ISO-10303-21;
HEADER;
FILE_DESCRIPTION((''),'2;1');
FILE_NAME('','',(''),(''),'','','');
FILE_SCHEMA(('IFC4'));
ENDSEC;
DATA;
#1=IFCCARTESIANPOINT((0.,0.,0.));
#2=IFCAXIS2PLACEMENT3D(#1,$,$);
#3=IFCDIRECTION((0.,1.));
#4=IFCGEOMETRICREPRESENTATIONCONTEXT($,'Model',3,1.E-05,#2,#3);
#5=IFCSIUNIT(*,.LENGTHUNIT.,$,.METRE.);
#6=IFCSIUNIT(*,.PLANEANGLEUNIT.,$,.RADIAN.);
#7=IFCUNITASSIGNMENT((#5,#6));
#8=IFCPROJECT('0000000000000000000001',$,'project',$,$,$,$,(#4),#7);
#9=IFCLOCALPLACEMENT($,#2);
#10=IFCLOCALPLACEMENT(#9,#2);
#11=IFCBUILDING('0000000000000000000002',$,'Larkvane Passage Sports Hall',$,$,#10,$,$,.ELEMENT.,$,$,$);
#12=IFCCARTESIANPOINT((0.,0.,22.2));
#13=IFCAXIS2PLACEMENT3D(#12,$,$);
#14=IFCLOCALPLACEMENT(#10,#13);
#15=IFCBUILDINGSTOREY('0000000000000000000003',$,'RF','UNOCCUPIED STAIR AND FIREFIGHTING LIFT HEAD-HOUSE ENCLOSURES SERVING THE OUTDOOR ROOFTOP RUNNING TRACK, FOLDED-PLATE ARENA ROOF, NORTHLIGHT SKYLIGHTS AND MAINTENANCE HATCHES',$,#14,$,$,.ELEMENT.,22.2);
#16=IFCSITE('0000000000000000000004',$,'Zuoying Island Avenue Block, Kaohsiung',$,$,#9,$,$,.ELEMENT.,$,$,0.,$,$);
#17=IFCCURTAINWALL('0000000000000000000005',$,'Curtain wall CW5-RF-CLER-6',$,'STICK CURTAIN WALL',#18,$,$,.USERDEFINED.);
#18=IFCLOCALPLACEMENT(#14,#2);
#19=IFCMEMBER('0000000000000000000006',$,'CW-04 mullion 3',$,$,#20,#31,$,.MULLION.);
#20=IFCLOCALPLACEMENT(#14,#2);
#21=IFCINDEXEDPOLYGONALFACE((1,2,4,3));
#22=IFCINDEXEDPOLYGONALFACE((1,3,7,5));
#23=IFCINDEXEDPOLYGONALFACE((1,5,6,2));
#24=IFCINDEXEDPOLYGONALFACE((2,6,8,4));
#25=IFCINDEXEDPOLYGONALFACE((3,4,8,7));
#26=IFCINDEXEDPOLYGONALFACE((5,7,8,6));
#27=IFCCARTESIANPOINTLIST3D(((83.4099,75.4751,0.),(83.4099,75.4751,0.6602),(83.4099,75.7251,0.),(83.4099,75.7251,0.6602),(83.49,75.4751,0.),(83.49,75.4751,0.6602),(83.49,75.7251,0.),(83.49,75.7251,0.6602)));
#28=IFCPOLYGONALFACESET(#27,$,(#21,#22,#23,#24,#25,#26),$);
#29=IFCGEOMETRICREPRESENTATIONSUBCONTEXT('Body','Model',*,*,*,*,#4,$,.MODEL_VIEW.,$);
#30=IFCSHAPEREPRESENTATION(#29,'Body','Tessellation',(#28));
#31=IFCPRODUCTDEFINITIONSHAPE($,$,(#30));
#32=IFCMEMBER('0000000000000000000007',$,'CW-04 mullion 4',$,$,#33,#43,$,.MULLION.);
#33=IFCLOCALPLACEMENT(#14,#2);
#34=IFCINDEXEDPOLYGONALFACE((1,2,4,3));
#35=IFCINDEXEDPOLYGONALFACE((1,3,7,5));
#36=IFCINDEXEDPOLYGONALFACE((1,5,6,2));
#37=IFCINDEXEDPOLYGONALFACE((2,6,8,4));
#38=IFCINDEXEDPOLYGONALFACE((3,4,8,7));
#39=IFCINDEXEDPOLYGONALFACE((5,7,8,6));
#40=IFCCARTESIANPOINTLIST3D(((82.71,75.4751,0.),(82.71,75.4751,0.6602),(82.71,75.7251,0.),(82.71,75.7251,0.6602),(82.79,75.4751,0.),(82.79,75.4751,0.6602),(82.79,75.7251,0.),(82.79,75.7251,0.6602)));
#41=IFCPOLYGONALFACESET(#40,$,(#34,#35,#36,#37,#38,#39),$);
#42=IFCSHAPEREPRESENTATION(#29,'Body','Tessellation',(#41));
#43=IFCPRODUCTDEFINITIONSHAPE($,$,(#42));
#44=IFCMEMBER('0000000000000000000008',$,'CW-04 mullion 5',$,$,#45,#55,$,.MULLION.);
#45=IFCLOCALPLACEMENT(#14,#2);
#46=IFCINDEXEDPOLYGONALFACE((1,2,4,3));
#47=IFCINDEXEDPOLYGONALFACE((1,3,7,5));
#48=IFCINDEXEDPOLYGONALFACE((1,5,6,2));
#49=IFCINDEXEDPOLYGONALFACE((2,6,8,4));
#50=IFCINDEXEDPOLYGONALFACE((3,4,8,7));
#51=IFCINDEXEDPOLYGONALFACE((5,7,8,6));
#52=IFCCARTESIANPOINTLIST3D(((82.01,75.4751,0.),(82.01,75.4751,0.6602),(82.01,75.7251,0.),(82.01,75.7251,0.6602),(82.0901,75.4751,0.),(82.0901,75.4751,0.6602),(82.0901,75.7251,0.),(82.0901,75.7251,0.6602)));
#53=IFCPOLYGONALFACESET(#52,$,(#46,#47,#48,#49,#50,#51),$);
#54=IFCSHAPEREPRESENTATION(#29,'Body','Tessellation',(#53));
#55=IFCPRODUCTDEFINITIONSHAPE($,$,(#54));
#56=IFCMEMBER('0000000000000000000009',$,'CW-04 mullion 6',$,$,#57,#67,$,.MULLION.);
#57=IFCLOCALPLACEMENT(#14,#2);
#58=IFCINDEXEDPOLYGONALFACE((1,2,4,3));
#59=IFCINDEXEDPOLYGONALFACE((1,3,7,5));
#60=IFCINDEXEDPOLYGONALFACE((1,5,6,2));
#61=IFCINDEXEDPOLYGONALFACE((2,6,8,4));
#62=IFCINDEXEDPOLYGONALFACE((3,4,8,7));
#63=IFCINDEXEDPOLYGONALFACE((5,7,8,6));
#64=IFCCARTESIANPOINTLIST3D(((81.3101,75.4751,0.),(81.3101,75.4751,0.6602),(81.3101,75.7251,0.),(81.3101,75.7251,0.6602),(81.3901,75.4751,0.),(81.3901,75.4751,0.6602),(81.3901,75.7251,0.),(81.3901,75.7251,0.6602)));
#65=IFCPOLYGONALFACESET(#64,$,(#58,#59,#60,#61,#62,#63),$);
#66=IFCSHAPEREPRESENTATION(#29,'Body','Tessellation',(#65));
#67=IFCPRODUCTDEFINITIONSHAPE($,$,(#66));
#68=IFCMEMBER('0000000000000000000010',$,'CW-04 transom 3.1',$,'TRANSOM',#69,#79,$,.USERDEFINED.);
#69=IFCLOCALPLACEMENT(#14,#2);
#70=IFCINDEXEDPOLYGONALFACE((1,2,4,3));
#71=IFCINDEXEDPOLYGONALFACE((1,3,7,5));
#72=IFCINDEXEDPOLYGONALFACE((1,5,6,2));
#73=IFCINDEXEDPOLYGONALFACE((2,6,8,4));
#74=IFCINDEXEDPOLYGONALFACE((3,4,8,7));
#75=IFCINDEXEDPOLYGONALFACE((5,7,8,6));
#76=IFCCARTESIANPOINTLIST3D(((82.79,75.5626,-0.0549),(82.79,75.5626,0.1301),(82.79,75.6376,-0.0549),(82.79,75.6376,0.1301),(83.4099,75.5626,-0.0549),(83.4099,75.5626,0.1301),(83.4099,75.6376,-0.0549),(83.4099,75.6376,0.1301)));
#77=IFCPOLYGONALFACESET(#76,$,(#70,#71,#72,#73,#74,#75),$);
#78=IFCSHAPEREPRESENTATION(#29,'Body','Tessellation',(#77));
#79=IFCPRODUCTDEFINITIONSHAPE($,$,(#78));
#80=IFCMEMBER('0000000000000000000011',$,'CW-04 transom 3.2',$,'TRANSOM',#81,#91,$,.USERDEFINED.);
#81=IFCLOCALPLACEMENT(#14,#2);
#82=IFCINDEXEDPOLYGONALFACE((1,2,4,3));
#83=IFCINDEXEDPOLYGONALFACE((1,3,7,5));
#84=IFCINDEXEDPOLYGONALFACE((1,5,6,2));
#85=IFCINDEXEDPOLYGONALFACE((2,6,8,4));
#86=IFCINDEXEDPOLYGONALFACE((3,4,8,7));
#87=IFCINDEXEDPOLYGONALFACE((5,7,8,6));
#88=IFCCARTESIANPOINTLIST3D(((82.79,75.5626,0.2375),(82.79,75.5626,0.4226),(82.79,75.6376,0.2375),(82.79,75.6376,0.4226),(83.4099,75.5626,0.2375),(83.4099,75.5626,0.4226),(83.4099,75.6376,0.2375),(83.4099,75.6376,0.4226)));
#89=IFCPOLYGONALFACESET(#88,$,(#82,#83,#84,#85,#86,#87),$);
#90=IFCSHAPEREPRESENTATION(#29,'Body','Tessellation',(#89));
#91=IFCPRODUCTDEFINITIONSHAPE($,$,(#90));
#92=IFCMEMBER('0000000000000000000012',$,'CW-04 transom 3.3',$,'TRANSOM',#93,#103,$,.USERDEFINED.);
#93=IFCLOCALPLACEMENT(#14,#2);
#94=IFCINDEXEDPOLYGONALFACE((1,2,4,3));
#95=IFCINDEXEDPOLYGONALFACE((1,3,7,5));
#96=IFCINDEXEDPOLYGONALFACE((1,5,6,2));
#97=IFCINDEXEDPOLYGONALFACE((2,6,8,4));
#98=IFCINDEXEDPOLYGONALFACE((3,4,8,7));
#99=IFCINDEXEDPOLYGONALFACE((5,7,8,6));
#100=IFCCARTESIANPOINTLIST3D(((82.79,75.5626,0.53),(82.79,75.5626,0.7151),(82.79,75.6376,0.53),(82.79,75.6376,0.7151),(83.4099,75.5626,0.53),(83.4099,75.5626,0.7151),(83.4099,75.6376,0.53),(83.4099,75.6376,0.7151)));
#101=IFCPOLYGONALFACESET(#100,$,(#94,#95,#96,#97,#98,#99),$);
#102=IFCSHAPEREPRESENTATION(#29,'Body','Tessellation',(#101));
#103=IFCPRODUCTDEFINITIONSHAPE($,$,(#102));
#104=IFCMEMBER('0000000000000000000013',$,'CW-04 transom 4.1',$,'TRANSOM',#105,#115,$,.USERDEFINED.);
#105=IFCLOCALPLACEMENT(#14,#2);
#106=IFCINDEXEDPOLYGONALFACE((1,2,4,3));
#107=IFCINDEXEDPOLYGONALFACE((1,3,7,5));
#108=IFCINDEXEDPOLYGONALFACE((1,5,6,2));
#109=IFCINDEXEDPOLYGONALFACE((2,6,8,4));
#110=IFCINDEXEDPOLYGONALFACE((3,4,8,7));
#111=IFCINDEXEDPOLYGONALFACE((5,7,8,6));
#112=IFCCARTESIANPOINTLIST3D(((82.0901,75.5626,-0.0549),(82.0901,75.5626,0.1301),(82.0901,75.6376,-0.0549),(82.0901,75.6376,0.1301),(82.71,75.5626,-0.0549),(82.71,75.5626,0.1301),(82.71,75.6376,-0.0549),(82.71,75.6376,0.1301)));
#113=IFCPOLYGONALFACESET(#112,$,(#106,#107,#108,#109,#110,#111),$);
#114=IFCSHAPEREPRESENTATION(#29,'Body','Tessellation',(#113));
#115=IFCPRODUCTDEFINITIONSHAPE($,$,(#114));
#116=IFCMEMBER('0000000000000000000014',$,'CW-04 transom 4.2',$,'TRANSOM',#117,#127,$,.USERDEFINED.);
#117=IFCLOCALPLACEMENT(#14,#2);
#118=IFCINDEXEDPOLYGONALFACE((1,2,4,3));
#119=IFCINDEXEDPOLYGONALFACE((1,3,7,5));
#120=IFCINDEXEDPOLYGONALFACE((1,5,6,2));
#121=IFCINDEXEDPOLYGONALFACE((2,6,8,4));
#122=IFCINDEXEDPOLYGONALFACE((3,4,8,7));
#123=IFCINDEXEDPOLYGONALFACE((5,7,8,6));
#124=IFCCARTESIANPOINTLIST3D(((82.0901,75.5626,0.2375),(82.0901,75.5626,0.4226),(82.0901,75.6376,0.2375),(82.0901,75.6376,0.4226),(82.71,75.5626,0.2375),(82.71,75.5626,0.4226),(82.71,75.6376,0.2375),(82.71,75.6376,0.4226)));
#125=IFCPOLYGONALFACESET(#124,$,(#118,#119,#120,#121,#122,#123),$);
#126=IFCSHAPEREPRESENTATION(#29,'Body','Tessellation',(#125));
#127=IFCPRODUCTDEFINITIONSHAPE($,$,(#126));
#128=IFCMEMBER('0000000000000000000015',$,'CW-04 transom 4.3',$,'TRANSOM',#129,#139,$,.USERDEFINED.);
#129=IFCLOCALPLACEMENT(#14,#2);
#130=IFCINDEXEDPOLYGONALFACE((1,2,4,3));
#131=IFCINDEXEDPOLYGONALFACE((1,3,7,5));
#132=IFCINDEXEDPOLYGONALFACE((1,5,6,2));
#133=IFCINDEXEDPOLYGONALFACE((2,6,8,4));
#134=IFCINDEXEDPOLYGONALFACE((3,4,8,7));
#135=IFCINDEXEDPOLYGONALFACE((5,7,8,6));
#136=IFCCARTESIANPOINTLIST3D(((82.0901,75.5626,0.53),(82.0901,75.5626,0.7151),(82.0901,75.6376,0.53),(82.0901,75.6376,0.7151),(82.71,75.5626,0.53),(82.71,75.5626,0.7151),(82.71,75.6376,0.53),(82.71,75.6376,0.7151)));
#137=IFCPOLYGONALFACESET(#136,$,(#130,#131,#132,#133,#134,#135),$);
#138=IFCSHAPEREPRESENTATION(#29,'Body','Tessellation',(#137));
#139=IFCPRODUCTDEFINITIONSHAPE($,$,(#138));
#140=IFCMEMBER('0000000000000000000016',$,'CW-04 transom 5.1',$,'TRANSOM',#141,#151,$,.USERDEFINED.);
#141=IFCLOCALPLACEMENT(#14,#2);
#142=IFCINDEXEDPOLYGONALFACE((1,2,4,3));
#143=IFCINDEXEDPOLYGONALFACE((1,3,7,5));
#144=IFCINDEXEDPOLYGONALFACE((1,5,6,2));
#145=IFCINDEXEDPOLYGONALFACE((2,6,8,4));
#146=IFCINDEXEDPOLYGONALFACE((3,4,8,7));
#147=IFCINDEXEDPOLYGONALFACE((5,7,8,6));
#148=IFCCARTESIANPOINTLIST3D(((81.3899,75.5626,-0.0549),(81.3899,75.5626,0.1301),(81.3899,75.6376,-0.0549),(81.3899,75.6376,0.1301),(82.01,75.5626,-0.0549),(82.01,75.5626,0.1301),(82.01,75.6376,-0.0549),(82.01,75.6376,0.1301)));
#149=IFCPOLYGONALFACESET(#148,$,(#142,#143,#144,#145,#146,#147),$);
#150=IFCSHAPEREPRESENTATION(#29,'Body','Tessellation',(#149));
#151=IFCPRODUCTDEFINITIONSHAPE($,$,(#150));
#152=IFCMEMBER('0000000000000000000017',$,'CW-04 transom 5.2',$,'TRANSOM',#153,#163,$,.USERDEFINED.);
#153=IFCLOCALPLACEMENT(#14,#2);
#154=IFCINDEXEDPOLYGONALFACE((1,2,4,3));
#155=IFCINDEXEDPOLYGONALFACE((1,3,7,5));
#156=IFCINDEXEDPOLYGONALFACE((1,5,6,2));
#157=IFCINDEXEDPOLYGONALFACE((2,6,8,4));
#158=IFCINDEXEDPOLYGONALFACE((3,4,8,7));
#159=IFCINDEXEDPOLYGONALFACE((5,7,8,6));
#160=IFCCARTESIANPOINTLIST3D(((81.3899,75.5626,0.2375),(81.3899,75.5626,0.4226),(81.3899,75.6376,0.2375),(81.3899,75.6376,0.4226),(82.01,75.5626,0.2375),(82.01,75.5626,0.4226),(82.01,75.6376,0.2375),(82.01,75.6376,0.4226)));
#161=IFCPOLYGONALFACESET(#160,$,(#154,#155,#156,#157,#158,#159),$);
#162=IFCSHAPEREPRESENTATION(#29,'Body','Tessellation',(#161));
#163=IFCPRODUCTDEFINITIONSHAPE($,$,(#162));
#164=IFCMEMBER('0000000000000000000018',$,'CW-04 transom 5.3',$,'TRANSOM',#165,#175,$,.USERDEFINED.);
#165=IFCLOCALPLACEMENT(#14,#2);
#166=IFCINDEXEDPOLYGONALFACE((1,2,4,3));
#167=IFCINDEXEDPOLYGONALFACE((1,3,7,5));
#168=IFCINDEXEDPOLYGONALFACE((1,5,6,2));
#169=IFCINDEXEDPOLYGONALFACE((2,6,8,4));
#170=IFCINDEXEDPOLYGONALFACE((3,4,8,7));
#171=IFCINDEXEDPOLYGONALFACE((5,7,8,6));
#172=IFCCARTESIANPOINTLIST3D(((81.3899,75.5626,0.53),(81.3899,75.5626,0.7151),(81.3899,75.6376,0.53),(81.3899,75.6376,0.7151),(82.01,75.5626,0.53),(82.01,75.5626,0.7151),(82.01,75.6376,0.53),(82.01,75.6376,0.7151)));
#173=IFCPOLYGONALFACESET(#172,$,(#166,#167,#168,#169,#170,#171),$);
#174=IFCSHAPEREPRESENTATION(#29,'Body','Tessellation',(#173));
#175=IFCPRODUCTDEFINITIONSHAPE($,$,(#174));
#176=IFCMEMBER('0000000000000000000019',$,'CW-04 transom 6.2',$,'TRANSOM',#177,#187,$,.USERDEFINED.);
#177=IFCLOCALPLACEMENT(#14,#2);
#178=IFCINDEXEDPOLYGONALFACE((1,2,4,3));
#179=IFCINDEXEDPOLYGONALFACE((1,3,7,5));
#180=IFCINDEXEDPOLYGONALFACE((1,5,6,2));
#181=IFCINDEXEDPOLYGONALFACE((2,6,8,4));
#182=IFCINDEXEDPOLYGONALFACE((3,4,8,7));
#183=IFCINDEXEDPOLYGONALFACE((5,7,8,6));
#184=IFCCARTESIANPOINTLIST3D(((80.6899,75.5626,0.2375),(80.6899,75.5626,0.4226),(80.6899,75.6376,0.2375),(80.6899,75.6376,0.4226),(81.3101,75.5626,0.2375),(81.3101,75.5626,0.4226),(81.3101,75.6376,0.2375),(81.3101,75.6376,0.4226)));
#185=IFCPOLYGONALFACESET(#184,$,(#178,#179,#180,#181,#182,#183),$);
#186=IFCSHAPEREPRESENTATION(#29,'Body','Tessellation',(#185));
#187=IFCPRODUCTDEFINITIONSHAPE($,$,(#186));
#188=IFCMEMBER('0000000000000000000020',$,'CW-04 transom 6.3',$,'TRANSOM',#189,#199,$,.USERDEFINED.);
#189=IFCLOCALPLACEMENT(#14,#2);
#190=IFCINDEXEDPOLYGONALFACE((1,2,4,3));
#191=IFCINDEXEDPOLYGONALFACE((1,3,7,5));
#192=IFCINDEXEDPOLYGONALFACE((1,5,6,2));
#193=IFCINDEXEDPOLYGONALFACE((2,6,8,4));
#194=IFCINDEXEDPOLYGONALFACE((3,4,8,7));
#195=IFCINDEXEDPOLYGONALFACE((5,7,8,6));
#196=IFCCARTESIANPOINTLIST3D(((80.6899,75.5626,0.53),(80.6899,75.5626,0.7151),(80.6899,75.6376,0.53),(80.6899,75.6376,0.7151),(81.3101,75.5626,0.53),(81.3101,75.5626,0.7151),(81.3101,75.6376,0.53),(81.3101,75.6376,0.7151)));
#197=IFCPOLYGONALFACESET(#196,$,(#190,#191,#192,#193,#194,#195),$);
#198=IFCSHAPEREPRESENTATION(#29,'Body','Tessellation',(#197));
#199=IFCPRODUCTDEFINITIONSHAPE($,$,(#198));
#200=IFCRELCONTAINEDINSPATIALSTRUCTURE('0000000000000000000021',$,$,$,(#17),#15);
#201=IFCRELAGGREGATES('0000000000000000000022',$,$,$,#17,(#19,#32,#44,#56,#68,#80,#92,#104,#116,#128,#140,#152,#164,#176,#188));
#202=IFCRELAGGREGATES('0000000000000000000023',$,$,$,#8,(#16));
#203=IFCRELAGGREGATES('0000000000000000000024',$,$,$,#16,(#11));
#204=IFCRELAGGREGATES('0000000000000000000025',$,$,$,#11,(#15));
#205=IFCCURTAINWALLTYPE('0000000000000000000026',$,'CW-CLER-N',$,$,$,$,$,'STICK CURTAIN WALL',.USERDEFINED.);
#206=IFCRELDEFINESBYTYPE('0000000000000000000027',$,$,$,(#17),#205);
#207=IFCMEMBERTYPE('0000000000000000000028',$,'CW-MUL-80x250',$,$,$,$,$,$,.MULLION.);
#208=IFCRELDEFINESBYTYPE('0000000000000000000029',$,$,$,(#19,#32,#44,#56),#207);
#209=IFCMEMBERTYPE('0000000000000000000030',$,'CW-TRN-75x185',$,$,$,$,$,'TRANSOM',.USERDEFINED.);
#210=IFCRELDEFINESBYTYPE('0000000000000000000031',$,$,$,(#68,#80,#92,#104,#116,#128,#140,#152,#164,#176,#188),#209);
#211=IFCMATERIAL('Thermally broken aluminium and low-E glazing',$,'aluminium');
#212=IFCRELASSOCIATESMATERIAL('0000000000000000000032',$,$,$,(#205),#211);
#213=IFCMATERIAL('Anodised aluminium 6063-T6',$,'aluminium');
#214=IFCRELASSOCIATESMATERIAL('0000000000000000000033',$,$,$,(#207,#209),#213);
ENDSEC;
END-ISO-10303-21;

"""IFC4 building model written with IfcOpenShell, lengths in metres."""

from ifc_helpers import new_model, si_unit, direction, frame, origin, origin_2d, place, context, subcontext, project, spatial, rectangle, extrude, material, material_profile, profile_set, type_object, element, aggregate, save


model = new_model("IFC4")

# Units and contexts
model_context = context("Model", 3, precision=1e-05, world=origin(), true_north=direction((0.0, 1.0)))
body_context = subcontext(model_context, "Body", "Model", "MODEL_VIEW")
ifc_project = project(units=[si_unit("LENGTHUNIT", "METRE"), si_unit("PLANEANGLEUNIT", "RADIAN")], contexts=[model_context])

# Site, building, storey
site_placement = place(None, origin())
site = spatial("IfcSite", under=ifc_project, at=site_placement, Name="Zuoying Island Avenue Block, Kaohsiung", CompositionType="ELEMENT", RefElevation=0.0)
building_placement = place(site_placement, origin())
building = spatial("IfcBuilding", under=site, at=building_placement, Name="Larkvane Passage Sports Hall", CompositionType="ELEMENT")
storey_placement = place(building_placement, frame((0.0, 0.0, 22.2)))
storey = spatial("IfcBuildingStorey", under=building, at=storey_placement, Name="RF", Description="UNOCCUPIED STAIR AND FIREFIGHTING LIFT HEAD-HOUSE ENCLOSURES SERVING THE OUTDOOR ROOFTOP RUNNING TRACK, FOLDED-PLATE ARENA ROOF, NORTHLIGHT SKYLIGHTS AND MAINTENANCE HATCHES", CompositionType="ELEMENT", Elevation=22.2)

# Curtain wall, members
ifc_material_1 = material(Name="Thermally broken aluminium and low-E glazing", Category="aluminium")
curtain_wall_type = type_object("IfcCurtainWallType", Name="CW-CLER-N", ElementType="STICK CURTAIN WALL", PredefinedType="USERDEFINED", material=ifc_material_1)
curtain_wall_placement = place(storey_placement, origin())
curtain_wall = element("IfcCurtainWall", 1, at=curtain_wall_placement, inside=storey, type_object=curtain_wall_type, Name="Curtain wall CW5-RF-CLER-6", ObjectType="STICK CURTAIN WALL", PredefinedType="USERDEFINED")
ifc_material_2 = material(Name="Anodised aluminium 6063-T6", Category="aluminium")
ifc_material_profile_1 = material_profile(ifc_material_2, rectangle(XDim=0.0801, YDim=0.25, at=origin_2d()), Name="ALU-MUL-80x250")
ifc_profile_set_1 = profile_set([ifc_material_profile_1], Name="Anodised aluminium 6063-T6")
member_type_1 = type_object("IfcMemberType", Name="CW-MUL-80x250", PredefinedType="MULLION", material=ifc_profile_set_1)
member_1_placement = place(storey_placement, frame((83.45, 75.6001, 0.0), z_axis=(0.0, 0.0, 1.0), x_axis=(-1.0, 0.0, 0.0)))
member_1 = element("IfcMember", 2, at=member_1_placement, type_object=member_type_1, Name="CW-04 mullion 3", PredefinedType="MULLION", context=body_context, shape_type="SweptSolid", body=[
    extrude(rectangle(XDim=0.0801, YDim=0.25, at=origin_2d()), origin(), (0.0, 0.0, 1.0), 0.6602),
])
member_2_placement = place(storey_placement, frame((82.75, 75.6001, 0.0), z_axis=(0.0, 0.0, 1.0), x_axis=(-1.0, 0.0, 0.0)))
member_2 = element("IfcMember", 3, at=member_2_placement, type_object=member_type_1, Name="CW-04 mullion 4", PredefinedType="MULLION", context=body_context, shape_type="SweptSolid", body=[
    extrude(rectangle(XDim=0.0801, YDim=0.25, at=origin_2d()), origin(), (0.0, 0.0, 1.0), 0.6602),
])
member_3_placement = place(storey_placement, frame((82.05, 75.6001, 0.0), z_axis=(0.0, 0.0, 1.0), x_axis=(-1.0, 0.0, 0.0)))
member_3 = element("IfcMember", 4, at=member_3_placement, type_object=member_type_1, Name="CW-04 mullion 5", PredefinedType="MULLION", context=body_context, shape_type="SweptSolid", body=[
    extrude(rectangle(XDim=0.0801, YDim=0.25, at=origin_2d()), origin(), (0.0, 0.0, 1.0), 0.6602),
])
member_4_placement = place(storey_placement, frame((81.3501, 75.6001, 0.0), z_axis=(0.0, 0.0, 1.0), x_axis=(-1.0, 0.0, 0.0)))
member_4 = element("IfcMember", 5, at=member_4_placement, type_object=member_type_1, Name="CW-04 mullion 6", PredefinedType="MULLION", context=body_context, shape_type="SweptSolid", body=[
    extrude(rectangle(XDim=0.0801, YDim=0.25, at=origin_2d()), origin(), (0.0, 0.0, 1.0), 0.6602),
])
ifc_material_profile_2 = material_profile(ifc_material_2, rectangle(XDim=0.075, YDim=0.1851, at=origin_2d()), Name="ALU-TRN-75x185")
ifc_profile_set_2 = profile_set([ifc_material_profile_2], Name="Anodised aluminium 6063-T6")
member_type_2 = type_object("IfcMemberType", Name="CW-TRN-75x185", ElementType="TRANSOM", PredefinedType="USERDEFINED", material=ifc_profile_set_2)
member_5_placement = place(storey_placement, frame((83.4099, 75.6001, 0.0376), z_axis=(-1.0, 0.0, 0.0), x_axis=(0.0, -1.0, 0.0)))
member_5 = element("IfcMember", 6, at=member_5_placement, type_object=member_type_2, Name="CW-04 transom 3.1", ObjectType="TRANSOM", PredefinedType="USERDEFINED", context=body_context, shape_type="SweptSolid", body=[
    extrude(rectangle(XDim=0.075, YDim=0.1851, at=origin_2d()), origin(), (0.0, 0.0, 1.0), 0.6199),
])
member_6_placement = place(storey_placement, frame((83.4099, 75.6001, 0.3301), z_axis=(-1.0, 0.0, 0.0), x_axis=(0.0, -1.0, 0.0)))
member_6 = element("IfcMember", 7, at=member_6_placement, type_object=member_type_2, Name="CW-04 transom 3.2", ObjectType="TRANSOM", PredefinedType="USERDEFINED", context=body_context, shape_type="SweptSolid", body=[
    extrude(rectangle(XDim=0.075, YDim=0.1851, at=origin_2d()), origin(), (0.0, 0.0, 1.0), 0.6199),
])
member_7_placement = place(storey_placement, frame((83.4099, 75.6001, 0.6226), z_axis=(-1.0, 0.0, 0.0), x_axis=(0.0, -1.0, 0.0)))
member_7 = element("IfcMember", 8, at=member_7_placement, type_object=member_type_2, Name="CW-04 transom 3.3", ObjectType="TRANSOM", PredefinedType="USERDEFINED", context=body_context, shape_type="SweptSolid", body=[
    extrude(rectangle(XDim=0.075, YDim=0.1851, at=origin_2d()), origin(), (0.0, 0.0, 1.0), 0.6199),
])
member_8_placement = place(storey_placement, frame((82.71, 75.6001, 0.0376), z_axis=(-1.0, 0.0, 0.0), x_axis=(0.0, -1.0, 0.0)))
member_8 = element("IfcMember", 9, at=member_8_placement, type_object=member_type_2, Name="CW-04 transom 4.1", ObjectType="TRANSOM", PredefinedType="USERDEFINED", context=body_context, shape_type="SweptSolid", body=[
    extrude(rectangle(XDim=0.075, YDim=0.1851, at=origin_2d()), origin(), (0.0, 0.0, 1.0), 0.6199),
])
member_9_placement = place(storey_placement, frame((82.71, 75.6001, 0.3301), z_axis=(-1.0, 0.0, 0.0), x_axis=(0.0, -1.0, 0.0)))
member_9 = element("IfcMember", 10, at=member_9_placement, type_object=member_type_2, Name="CW-04 transom 4.2", ObjectType="TRANSOM", PredefinedType="USERDEFINED", context=body_context, shape_type="SweptSolid", body=[
    extrude(rectangle(XDim=0.075, YDim=0.1851, at=origin_2d()), origin(), (0.0, 0.0, 1.0), 0.6199),
])
member_10_placement = place(storey_placement, frame((82.71, 75.6001, 0.6226), z_axis=(-1.0, 0.0, 0.0), x_axis=(0.0, -1.0, 0.0)))
member_10 = element("IfcMember", 11, at=member_10_placement, type_object=member_type_2, Name="CW-04 transom 4.3", ObjectType="TRANSOM", PredefinedType="USERDEFINED", context=body_context, shape_type="SweptSolid", body=[
    extrude(rectangle(XDim=0.075, YDim=0.1851, at=origin_2d()), origin(), (0.0, 0.0, 1.0), 0.6199),
])
member_11_placement = place(storey_placement, frame((82.01, 75.6001, 0.0376), z_axis=(-1.0, 0.0, 0.0), x_axis=(0.0, -1.0, 0.0)))
member_11 = element("IfcMember", 12, at=member_11_placement, type_object=member_type_2, Name="CW-04 transom 5.1", ObjectType="TRANSOM", PredefinedType="USERDEFINED", context=body_context, shape_type="SweptSolid", body=[
    extrude(rectangle(XDim=0.075, YDim=0.1851, at=origin_2d()), origin(), (0.0, 0.0, 1.0), 0.6201),
])
member_12_placement = place(storey_placement, frame((82.01, 75.6001, 0.3301), z_axis=(-1.0, 0.0, 0.0), x_axis=(0.0, -1.0, 0.0)))
member_12 = element("IfcMember", 13, at=member_12_placement, type_object=member_type_2, Name="CW-04 transom 5.2", ObjectType="TRANSOM", PredefinedType="USERDEFINED", context=body_context, shape_type="SweptSolid", body=[
    extrude(rectangle(XDim=0.075, YDim=0.1851, at=origin_2d()), origin(), (0.0, 0.0, 1.0), 0.6201),
])
member_13_placement = place(storey_placement, frame((82.01, 75.6001, 0.6226), z_axis=(-1.0, 0.0, 0.0), x_axis=(0.0, -1.0, 0.0)))
member_13 = element("IfcMember", 14, at=member_13_placement, type_object=member_type_2, Name="CW-04 transom 5.3", ObjectType="TRANSOM", PredefinedType="USERDEFINED", context=body_context, shape_type="SweptSolid", body=[
    extrude(rectangle(XDim=0.075, YDim=0.1851, at=origin_2d()), origin(), (0.0, 0.0, 1.0), 0.6201),
])
member_14_placement = place(storey_placement, frame((81.3101, 75.6001, 0.3301), z_axis=(-1.0, 0.0, 0.0), x_axis=(0.0, -1.0, 0.0)))
member_14 = element("IfcMember", 15, at=member_14_placement, type_object=member_type_2, Name="CW-04 transom 6.2", ObjectType="TRANSOM", PredefinedType="USERDEFINED", context=body_context, shape_type="SweptSolid", body=[
    extrude(rectangle(XDim=0.075, YDim=0.1851, at=origin_2d()), origin(), (0.0, 0.0, 1.0), 0.6201),
])
member_15_placement = place(storey_placement, frame((81.3101, 75.6001, 0.6226), z_axis=(-1.0, 0.0, 0.0), x_axis=(0.0, -1.0, 0.0)))
member_15 = element("IfcMember", 16, at=member_15_placement, type_object=member_type_2, Name="CW-04 transom 6.3", ObjectType="TRANSOM", PredefinedType="USERDEFINED", context=body_context, shape_type="SweptSolid", body=[
    extrude(rectangle(XDim=0.075, YDim=0.1851, at=origin_2d()), origin(), (0.0, 0.0, 1.0), 0.6201),
])
aggregate(curtain_wall, [member_1, member_2, member_3, member_4, member_5, member_6, member_7, member_8, member_9, member_10, member_11, member_12, member_13, member_14, member_15])

save(model, "model.ifc")
